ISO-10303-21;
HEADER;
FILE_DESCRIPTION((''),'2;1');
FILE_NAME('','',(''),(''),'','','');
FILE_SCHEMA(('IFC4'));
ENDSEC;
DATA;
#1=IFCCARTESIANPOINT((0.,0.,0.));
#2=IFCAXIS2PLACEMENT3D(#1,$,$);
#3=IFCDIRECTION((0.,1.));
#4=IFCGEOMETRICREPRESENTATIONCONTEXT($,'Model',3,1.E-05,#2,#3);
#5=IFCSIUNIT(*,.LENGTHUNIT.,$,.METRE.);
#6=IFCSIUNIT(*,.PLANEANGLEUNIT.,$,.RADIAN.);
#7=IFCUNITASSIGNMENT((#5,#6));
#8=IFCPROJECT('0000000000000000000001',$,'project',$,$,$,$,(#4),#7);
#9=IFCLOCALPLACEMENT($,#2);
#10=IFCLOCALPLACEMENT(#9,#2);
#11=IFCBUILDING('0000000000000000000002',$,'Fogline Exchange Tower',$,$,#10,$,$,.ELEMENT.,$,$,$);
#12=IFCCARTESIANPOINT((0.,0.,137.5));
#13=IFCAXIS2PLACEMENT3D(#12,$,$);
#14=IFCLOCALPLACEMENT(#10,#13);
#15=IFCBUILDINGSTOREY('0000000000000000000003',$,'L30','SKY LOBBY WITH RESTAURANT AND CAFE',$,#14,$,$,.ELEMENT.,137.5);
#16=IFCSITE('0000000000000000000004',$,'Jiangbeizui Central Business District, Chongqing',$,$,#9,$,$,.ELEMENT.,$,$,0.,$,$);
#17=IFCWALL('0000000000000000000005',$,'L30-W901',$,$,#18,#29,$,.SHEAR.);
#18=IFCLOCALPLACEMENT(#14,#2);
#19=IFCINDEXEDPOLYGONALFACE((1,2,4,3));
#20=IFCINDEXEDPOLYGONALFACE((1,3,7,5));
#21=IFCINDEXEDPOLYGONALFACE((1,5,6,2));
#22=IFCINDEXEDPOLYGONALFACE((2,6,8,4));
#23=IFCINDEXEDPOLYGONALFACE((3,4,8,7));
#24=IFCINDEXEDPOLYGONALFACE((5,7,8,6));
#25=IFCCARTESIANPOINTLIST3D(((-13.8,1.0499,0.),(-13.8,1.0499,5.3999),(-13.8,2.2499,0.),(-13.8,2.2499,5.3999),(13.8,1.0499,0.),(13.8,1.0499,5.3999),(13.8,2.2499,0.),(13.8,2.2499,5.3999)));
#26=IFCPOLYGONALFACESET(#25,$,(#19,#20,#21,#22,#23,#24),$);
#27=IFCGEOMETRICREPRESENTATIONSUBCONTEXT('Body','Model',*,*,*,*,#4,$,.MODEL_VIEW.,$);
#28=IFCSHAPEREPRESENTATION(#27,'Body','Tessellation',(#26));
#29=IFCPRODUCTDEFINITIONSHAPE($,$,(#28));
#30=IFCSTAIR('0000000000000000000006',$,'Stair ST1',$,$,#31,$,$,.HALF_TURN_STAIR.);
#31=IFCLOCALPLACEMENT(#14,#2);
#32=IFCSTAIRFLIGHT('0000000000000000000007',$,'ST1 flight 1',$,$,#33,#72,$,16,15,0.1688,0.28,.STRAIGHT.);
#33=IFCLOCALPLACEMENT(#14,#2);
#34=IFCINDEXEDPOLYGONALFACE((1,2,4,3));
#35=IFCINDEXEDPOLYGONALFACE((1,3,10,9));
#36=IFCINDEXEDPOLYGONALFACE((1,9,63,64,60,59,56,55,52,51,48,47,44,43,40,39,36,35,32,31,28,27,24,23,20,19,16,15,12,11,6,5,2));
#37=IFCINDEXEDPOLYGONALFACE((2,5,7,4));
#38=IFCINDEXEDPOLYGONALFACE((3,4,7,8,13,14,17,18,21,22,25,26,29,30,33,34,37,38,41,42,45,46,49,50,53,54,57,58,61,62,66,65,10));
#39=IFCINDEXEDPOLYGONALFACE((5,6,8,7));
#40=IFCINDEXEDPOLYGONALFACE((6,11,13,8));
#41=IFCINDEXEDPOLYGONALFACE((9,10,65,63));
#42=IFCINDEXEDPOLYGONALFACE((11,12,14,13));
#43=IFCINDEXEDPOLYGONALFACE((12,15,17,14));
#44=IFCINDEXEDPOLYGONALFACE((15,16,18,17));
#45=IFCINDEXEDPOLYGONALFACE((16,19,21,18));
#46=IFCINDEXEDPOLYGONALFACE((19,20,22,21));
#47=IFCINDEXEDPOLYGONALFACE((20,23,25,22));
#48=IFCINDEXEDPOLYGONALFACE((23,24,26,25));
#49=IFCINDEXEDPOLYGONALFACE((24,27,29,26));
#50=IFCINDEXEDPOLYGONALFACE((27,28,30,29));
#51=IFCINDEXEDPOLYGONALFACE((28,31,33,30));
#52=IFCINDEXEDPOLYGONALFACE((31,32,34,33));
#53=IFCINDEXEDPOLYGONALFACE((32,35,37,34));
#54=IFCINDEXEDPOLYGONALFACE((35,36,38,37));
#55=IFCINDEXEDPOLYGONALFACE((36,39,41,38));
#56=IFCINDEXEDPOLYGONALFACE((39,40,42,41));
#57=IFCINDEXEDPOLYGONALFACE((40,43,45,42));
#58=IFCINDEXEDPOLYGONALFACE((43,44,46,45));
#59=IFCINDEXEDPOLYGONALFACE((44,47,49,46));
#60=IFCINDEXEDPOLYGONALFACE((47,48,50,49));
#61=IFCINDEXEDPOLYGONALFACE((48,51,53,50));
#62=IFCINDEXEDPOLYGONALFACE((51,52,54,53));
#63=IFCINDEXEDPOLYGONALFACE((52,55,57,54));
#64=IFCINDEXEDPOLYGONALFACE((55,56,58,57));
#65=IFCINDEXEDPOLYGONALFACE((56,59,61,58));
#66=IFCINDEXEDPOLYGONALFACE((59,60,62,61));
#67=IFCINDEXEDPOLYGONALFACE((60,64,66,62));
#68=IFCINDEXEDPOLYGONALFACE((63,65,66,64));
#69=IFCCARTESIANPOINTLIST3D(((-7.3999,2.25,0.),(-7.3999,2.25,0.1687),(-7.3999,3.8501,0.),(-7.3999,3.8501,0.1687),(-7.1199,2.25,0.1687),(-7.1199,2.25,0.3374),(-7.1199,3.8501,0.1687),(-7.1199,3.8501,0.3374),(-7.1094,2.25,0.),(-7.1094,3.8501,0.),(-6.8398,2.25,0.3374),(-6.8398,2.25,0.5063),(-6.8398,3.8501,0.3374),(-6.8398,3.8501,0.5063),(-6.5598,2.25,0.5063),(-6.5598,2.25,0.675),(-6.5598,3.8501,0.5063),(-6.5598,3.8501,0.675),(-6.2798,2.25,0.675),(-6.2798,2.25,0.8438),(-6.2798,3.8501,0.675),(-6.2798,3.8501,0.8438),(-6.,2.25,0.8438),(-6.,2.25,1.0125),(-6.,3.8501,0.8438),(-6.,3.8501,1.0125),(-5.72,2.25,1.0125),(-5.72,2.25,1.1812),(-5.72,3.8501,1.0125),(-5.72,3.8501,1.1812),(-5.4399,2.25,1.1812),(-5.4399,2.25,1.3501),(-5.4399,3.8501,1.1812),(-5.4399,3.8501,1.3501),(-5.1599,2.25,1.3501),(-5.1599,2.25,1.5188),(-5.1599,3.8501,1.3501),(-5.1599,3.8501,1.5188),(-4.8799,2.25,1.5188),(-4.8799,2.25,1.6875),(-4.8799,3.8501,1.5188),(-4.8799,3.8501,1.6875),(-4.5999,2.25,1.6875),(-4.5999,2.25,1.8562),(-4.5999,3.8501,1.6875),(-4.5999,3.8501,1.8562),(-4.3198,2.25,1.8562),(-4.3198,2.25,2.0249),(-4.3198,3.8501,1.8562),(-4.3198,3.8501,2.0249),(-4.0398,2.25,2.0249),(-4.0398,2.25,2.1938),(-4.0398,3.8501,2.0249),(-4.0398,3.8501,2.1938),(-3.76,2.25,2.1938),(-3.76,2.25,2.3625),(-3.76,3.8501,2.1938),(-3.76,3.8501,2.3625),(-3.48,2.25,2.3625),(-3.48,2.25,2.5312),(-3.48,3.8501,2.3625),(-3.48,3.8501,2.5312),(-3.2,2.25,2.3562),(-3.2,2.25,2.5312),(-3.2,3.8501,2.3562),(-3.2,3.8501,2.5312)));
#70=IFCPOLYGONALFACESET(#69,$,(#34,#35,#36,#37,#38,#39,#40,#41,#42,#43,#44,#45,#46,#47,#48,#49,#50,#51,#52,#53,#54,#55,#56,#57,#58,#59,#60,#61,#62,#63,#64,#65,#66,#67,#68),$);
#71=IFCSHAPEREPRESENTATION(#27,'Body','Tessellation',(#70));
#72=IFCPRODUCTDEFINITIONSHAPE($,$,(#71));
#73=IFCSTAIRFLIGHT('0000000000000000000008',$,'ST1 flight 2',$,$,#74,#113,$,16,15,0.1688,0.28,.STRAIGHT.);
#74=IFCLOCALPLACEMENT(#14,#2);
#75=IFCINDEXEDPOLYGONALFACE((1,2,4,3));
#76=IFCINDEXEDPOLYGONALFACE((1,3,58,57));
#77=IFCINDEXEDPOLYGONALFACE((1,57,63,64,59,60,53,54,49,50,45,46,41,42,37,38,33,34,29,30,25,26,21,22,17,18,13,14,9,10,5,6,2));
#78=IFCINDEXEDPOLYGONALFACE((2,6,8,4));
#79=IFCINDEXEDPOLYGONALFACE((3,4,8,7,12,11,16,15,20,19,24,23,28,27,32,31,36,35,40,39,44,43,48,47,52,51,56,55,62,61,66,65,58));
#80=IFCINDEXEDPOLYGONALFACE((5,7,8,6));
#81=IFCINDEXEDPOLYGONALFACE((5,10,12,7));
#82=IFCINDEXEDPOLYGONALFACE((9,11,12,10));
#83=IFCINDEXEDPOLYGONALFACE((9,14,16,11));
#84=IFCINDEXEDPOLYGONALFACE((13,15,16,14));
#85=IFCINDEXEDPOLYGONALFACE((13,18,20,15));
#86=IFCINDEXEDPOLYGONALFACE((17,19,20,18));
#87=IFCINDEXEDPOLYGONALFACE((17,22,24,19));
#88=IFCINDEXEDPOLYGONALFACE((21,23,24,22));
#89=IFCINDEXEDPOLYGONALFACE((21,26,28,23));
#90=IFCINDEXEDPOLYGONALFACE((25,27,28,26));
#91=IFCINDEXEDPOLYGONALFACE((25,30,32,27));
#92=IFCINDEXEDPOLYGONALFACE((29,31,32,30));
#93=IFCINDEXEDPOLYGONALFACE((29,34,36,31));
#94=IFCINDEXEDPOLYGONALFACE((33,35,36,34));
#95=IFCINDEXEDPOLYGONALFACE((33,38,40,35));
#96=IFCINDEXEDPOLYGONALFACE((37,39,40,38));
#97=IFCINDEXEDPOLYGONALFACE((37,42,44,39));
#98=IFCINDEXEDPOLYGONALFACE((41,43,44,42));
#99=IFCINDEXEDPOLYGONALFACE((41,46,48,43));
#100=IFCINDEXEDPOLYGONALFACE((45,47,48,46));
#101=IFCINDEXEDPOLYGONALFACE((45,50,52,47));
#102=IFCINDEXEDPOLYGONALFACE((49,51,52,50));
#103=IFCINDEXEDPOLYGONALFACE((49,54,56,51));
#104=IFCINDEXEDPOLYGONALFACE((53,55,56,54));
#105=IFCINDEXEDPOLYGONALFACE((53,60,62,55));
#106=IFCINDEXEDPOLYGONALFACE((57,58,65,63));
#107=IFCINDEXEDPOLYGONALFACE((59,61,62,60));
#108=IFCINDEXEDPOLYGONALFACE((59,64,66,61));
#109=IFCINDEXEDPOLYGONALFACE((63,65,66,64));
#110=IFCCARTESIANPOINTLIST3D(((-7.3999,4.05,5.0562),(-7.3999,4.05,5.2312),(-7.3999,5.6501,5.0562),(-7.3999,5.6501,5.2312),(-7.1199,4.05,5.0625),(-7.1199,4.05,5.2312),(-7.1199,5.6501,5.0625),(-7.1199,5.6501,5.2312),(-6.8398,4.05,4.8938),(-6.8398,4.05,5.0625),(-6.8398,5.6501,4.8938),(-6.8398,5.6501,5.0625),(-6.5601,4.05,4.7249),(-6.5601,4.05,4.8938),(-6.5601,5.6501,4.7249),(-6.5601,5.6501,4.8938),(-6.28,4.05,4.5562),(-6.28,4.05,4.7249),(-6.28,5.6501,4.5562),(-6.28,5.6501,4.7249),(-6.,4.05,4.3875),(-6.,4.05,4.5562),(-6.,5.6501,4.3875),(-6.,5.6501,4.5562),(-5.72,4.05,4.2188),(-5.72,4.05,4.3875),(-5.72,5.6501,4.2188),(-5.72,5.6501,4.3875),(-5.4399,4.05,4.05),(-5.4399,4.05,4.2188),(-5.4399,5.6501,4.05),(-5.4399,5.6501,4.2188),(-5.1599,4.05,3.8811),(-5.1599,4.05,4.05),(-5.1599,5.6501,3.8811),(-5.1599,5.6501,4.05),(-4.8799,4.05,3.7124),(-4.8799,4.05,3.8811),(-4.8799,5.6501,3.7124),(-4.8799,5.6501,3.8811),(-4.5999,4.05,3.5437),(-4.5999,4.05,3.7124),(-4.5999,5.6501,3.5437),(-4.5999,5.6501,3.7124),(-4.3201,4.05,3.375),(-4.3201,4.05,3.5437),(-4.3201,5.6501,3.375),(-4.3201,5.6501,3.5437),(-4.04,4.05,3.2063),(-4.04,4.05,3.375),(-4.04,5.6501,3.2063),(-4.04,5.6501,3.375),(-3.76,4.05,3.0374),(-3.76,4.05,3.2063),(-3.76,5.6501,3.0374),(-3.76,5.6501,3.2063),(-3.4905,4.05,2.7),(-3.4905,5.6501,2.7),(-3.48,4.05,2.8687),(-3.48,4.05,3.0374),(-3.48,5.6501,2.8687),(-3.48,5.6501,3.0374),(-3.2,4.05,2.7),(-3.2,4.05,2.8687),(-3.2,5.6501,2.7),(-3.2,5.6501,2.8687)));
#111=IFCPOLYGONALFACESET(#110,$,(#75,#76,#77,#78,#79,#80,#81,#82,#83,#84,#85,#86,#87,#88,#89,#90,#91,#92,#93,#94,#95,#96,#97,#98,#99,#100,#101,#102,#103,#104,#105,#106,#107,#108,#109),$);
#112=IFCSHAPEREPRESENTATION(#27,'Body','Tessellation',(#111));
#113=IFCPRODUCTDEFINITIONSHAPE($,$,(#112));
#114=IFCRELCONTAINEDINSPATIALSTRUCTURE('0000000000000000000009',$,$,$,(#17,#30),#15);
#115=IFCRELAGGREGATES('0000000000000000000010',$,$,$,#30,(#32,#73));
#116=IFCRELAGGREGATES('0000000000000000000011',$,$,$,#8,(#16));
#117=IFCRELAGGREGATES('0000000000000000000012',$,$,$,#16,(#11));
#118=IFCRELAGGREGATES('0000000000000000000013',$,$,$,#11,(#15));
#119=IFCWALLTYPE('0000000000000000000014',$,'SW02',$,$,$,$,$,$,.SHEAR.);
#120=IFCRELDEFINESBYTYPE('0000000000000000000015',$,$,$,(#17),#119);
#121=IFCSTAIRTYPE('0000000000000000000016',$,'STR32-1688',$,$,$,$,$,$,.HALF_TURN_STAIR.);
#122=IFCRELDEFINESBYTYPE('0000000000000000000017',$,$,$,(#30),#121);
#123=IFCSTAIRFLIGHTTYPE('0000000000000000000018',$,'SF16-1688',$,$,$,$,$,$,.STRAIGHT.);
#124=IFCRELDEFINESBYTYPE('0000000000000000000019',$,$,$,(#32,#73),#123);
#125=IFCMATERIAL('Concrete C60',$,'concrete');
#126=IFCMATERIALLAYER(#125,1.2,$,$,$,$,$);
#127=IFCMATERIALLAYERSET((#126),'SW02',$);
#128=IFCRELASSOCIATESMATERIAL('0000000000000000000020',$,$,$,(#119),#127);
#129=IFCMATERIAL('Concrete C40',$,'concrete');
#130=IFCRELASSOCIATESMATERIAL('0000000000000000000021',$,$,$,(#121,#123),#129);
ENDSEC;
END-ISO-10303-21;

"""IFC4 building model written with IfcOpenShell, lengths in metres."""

from ifc_helpers import new_model, si_unit, direction, frame, frame_2d, origin, place, context, subcontext, project, spatial, polyline, rectangle, outline, extrude, material, layer, layer_set, type_object, element, aggregate, save


model = new_model("IFC4")

# Units and contexts
model_context = context("Model", 3, precision=1e-05, world=origin(), true_north=direction((0.0, 1.0)))
body_context = subcontext(model_context, "Body", "Model", "MODEL_VIEW")
ifc_project = project(units=[si_unit("LENGTHUNIT", "METRE"), si_unit("PLANEANGLEUNIT", "RADIAN")], contexts=[model_context])

# Site, building, storey
site_placement = place(None, origin())
site = spatial("IfcSite", under=ifc_project, at=site_placement, Name="Jiangbeizui Central Business District, Chongqing", CompositionType="ELEMENT", RefElevation=0.0)
building_placement = place(site_placement, origin())
building = spatial("IfcBuilding", under=site, at=building_placement, Name="Fogline Exchange Tower", CompositionType="ELEMENT")
storey_placement = place(building_placement, frame((0.0, 0.0, 137.5)))
storey = spatial("IfcBuildingStorey", under=building, at=storey_placement, Name="L30", Description="SKY LOBBY WITH RESTAURANT AND CAFE", CompositionType="ELEMENT", Elevation=137.5)

# Shared definitions
ifc_material_1 = material(Name="Concrete C40", Category="concrete")

# Wall
ifc_material_2 = material(Name="Concrete C60", Category="concrete")
ifc_layer_1 = layer(ifc_material_2, 1.2)
ifc_layer_set_1 = layer_set([ifc_layer_1], Name="SW02")
wall_type_1 = type_object("IfcWallType", Name="SW02", PredefinedType="SHEAR", material=ifc_layer_set_1)
wall_1_placement = place(storey_placement, frame((-13.8, 1.6499, 0.0), z_axis=(0.0, 0.0, 1.0), x_axis=(1.0, 0.0, 0.0)))
element("IfcWall", 1, at=wall_1_placement, inside=storey, type_object=wall_type_1, Name="L30-W901", PredefinedType="SHEAR", context=body_context, shape_type="SweptSolid", body=[
    extrude(rectangle(XDim=27.6001, YDim=1.2, at=frame_2d((13.8, 0.0))), origin(), (0.0, 0.0, 1.0), 5.3999),
])

# Stair, stair flights
stair_type = type_object("IfcStairType", Name="STR32-1688", PredefinedType="HALF_TURN_STAIR", material=ifc_material_1)
stair_placement = place(storey_placement, origin())
stair = element("IfcStair", 2, at=stair_placement, inside=storey, type_object=stair_type, Name="Stair ST1", PredefinedType="HALF_TURN_STAIR")
stair_flight_type = type_object("IfcStairFlightType", Name="SF16-1688", PredefinedType="STRAIGHT", material=ifc_material_1)
stair_flight_1_placement = place(storey_placement, frame((-7.3999, 3.05, 0.0), z_axis=(0.0, 0.0, 1.0), x_axis=(1.0, 0.0, 0.0)))
stair_flight_1 = element("IfcStairFlight", 3, at=stair_flight_1_placement, type_object=stair_flight_type, Name="ST1 flight 1", NumberOfRisers=16, NumberOfTreads=15, PredefinedType="STRAIGHT", RiserHeight=0.1688, TreadLength=0.28, context=body_context, shape_type="SweptSolid", body=[
    extrude(outline(polyline([(0.0, 0.0), (0.0, 0.1687), (0.28, 0.1687), (0.28, 0.3374), (0.5601, 0.3374), (0.5601, 0.5063), (0.8401, 0.5063), (0.8401, 0.675), (1.1201, 0.675), (1.1201, 0.8438), (1.3999, 0.8438), (1.3999, 1.0125), (1.6799, 1.0125), (1.6799, 1.1812), (1.96, 1.1812), (1.96, 1.3501), (2.24, 1.3501), (2.24, 1.5188), (2.52, 1.5188), (2.52, 1.6875), (2.8, 1.6875), (2.8, 1.8562), (3.0801, 1.8562), (3.0801, 2.0249), (3.3601, 2.0249), (3.3601, 2.1938), (3.6399, 2.1938), (3.6399, 2.3625), (3.9199, 2.3625), (3.9199, 2.5312), (4.2, 2.5312), (4.2, 2.7), (4.2, 2.3562), (0.2905, 0.0), (0.0, 0.0)])), frame((0.0, 0.8, 0.0), z_axis=(0.0, -1.0, 0.0), x_axis=(1.0, 0.0, 0.0)), (0.0, 0.0, 1.0), 1.6001),
])
stair_flight_2_placement = place(storey_placement, frame((-3.2, 4.8501, 2.7), z_axis=(0.0, 0.0, 1.0), x_axis=(-1.0, 0.0, 0.0)))
stair_flight_2 = element("IfcStairFlight", 4, at=stair_flight_2_placement, type_object=stair_flight_type, Name="ST1 flight 2", NumberOfRisers=16, NumberOfTreads=15, PredefinedType="STRAIGHT", RiserHeight=0.1688, TreadLength=0.28, context=body_context, shape_type="SweptSolid", body=[
    extrude(outline(polyline([(0.0, 0.0), (0.0, 0.1687), (0.28, 0.1687), (0.28, 0.3374), (0.5601, 0.3374), (0.5601, 0.5063), (0.8401, 0.5063), (0.8401, 0.675), (1.1201, 0.675), (1.1201, 0.8438), (1.3999, 0.8438), (1.3999, 1.0125), (1.6799, 1.0125), (1.6799, 1.1812), (1.96, 1.1812), (1.96, 1.3501), (2.24, 1.3501), (2.24, 1.5188), (2.52, 1.5188), (2.52, 1.6875), (2.8, 1.6875), (2.8, 1.8562), (3.0801, 1.8562), (3.0801, 2.0249), (3.3601, 2.0249), (3.3601, 2.1938), (3.6399, 2.1938), (3.6399, 2.3625), (3.9199, 2.3625), (3.9199, 2.5312), (4.2, 2.5312), (4.2, 2.7), (4.2, 2.3562), (0.2905, 0.0), (0.0, 0.0)])), frame((0.0, 0.8, 0.0), z_axis=(0.0, -1.0, 0.0), x_axis=(1.0, 0.0, 0.0)), (0.0, 0.0, 1.0), 1.6001),
])
aggregate(stair, [stair_flight_1, stair_flight_2])

save(model, "model.ifc")
